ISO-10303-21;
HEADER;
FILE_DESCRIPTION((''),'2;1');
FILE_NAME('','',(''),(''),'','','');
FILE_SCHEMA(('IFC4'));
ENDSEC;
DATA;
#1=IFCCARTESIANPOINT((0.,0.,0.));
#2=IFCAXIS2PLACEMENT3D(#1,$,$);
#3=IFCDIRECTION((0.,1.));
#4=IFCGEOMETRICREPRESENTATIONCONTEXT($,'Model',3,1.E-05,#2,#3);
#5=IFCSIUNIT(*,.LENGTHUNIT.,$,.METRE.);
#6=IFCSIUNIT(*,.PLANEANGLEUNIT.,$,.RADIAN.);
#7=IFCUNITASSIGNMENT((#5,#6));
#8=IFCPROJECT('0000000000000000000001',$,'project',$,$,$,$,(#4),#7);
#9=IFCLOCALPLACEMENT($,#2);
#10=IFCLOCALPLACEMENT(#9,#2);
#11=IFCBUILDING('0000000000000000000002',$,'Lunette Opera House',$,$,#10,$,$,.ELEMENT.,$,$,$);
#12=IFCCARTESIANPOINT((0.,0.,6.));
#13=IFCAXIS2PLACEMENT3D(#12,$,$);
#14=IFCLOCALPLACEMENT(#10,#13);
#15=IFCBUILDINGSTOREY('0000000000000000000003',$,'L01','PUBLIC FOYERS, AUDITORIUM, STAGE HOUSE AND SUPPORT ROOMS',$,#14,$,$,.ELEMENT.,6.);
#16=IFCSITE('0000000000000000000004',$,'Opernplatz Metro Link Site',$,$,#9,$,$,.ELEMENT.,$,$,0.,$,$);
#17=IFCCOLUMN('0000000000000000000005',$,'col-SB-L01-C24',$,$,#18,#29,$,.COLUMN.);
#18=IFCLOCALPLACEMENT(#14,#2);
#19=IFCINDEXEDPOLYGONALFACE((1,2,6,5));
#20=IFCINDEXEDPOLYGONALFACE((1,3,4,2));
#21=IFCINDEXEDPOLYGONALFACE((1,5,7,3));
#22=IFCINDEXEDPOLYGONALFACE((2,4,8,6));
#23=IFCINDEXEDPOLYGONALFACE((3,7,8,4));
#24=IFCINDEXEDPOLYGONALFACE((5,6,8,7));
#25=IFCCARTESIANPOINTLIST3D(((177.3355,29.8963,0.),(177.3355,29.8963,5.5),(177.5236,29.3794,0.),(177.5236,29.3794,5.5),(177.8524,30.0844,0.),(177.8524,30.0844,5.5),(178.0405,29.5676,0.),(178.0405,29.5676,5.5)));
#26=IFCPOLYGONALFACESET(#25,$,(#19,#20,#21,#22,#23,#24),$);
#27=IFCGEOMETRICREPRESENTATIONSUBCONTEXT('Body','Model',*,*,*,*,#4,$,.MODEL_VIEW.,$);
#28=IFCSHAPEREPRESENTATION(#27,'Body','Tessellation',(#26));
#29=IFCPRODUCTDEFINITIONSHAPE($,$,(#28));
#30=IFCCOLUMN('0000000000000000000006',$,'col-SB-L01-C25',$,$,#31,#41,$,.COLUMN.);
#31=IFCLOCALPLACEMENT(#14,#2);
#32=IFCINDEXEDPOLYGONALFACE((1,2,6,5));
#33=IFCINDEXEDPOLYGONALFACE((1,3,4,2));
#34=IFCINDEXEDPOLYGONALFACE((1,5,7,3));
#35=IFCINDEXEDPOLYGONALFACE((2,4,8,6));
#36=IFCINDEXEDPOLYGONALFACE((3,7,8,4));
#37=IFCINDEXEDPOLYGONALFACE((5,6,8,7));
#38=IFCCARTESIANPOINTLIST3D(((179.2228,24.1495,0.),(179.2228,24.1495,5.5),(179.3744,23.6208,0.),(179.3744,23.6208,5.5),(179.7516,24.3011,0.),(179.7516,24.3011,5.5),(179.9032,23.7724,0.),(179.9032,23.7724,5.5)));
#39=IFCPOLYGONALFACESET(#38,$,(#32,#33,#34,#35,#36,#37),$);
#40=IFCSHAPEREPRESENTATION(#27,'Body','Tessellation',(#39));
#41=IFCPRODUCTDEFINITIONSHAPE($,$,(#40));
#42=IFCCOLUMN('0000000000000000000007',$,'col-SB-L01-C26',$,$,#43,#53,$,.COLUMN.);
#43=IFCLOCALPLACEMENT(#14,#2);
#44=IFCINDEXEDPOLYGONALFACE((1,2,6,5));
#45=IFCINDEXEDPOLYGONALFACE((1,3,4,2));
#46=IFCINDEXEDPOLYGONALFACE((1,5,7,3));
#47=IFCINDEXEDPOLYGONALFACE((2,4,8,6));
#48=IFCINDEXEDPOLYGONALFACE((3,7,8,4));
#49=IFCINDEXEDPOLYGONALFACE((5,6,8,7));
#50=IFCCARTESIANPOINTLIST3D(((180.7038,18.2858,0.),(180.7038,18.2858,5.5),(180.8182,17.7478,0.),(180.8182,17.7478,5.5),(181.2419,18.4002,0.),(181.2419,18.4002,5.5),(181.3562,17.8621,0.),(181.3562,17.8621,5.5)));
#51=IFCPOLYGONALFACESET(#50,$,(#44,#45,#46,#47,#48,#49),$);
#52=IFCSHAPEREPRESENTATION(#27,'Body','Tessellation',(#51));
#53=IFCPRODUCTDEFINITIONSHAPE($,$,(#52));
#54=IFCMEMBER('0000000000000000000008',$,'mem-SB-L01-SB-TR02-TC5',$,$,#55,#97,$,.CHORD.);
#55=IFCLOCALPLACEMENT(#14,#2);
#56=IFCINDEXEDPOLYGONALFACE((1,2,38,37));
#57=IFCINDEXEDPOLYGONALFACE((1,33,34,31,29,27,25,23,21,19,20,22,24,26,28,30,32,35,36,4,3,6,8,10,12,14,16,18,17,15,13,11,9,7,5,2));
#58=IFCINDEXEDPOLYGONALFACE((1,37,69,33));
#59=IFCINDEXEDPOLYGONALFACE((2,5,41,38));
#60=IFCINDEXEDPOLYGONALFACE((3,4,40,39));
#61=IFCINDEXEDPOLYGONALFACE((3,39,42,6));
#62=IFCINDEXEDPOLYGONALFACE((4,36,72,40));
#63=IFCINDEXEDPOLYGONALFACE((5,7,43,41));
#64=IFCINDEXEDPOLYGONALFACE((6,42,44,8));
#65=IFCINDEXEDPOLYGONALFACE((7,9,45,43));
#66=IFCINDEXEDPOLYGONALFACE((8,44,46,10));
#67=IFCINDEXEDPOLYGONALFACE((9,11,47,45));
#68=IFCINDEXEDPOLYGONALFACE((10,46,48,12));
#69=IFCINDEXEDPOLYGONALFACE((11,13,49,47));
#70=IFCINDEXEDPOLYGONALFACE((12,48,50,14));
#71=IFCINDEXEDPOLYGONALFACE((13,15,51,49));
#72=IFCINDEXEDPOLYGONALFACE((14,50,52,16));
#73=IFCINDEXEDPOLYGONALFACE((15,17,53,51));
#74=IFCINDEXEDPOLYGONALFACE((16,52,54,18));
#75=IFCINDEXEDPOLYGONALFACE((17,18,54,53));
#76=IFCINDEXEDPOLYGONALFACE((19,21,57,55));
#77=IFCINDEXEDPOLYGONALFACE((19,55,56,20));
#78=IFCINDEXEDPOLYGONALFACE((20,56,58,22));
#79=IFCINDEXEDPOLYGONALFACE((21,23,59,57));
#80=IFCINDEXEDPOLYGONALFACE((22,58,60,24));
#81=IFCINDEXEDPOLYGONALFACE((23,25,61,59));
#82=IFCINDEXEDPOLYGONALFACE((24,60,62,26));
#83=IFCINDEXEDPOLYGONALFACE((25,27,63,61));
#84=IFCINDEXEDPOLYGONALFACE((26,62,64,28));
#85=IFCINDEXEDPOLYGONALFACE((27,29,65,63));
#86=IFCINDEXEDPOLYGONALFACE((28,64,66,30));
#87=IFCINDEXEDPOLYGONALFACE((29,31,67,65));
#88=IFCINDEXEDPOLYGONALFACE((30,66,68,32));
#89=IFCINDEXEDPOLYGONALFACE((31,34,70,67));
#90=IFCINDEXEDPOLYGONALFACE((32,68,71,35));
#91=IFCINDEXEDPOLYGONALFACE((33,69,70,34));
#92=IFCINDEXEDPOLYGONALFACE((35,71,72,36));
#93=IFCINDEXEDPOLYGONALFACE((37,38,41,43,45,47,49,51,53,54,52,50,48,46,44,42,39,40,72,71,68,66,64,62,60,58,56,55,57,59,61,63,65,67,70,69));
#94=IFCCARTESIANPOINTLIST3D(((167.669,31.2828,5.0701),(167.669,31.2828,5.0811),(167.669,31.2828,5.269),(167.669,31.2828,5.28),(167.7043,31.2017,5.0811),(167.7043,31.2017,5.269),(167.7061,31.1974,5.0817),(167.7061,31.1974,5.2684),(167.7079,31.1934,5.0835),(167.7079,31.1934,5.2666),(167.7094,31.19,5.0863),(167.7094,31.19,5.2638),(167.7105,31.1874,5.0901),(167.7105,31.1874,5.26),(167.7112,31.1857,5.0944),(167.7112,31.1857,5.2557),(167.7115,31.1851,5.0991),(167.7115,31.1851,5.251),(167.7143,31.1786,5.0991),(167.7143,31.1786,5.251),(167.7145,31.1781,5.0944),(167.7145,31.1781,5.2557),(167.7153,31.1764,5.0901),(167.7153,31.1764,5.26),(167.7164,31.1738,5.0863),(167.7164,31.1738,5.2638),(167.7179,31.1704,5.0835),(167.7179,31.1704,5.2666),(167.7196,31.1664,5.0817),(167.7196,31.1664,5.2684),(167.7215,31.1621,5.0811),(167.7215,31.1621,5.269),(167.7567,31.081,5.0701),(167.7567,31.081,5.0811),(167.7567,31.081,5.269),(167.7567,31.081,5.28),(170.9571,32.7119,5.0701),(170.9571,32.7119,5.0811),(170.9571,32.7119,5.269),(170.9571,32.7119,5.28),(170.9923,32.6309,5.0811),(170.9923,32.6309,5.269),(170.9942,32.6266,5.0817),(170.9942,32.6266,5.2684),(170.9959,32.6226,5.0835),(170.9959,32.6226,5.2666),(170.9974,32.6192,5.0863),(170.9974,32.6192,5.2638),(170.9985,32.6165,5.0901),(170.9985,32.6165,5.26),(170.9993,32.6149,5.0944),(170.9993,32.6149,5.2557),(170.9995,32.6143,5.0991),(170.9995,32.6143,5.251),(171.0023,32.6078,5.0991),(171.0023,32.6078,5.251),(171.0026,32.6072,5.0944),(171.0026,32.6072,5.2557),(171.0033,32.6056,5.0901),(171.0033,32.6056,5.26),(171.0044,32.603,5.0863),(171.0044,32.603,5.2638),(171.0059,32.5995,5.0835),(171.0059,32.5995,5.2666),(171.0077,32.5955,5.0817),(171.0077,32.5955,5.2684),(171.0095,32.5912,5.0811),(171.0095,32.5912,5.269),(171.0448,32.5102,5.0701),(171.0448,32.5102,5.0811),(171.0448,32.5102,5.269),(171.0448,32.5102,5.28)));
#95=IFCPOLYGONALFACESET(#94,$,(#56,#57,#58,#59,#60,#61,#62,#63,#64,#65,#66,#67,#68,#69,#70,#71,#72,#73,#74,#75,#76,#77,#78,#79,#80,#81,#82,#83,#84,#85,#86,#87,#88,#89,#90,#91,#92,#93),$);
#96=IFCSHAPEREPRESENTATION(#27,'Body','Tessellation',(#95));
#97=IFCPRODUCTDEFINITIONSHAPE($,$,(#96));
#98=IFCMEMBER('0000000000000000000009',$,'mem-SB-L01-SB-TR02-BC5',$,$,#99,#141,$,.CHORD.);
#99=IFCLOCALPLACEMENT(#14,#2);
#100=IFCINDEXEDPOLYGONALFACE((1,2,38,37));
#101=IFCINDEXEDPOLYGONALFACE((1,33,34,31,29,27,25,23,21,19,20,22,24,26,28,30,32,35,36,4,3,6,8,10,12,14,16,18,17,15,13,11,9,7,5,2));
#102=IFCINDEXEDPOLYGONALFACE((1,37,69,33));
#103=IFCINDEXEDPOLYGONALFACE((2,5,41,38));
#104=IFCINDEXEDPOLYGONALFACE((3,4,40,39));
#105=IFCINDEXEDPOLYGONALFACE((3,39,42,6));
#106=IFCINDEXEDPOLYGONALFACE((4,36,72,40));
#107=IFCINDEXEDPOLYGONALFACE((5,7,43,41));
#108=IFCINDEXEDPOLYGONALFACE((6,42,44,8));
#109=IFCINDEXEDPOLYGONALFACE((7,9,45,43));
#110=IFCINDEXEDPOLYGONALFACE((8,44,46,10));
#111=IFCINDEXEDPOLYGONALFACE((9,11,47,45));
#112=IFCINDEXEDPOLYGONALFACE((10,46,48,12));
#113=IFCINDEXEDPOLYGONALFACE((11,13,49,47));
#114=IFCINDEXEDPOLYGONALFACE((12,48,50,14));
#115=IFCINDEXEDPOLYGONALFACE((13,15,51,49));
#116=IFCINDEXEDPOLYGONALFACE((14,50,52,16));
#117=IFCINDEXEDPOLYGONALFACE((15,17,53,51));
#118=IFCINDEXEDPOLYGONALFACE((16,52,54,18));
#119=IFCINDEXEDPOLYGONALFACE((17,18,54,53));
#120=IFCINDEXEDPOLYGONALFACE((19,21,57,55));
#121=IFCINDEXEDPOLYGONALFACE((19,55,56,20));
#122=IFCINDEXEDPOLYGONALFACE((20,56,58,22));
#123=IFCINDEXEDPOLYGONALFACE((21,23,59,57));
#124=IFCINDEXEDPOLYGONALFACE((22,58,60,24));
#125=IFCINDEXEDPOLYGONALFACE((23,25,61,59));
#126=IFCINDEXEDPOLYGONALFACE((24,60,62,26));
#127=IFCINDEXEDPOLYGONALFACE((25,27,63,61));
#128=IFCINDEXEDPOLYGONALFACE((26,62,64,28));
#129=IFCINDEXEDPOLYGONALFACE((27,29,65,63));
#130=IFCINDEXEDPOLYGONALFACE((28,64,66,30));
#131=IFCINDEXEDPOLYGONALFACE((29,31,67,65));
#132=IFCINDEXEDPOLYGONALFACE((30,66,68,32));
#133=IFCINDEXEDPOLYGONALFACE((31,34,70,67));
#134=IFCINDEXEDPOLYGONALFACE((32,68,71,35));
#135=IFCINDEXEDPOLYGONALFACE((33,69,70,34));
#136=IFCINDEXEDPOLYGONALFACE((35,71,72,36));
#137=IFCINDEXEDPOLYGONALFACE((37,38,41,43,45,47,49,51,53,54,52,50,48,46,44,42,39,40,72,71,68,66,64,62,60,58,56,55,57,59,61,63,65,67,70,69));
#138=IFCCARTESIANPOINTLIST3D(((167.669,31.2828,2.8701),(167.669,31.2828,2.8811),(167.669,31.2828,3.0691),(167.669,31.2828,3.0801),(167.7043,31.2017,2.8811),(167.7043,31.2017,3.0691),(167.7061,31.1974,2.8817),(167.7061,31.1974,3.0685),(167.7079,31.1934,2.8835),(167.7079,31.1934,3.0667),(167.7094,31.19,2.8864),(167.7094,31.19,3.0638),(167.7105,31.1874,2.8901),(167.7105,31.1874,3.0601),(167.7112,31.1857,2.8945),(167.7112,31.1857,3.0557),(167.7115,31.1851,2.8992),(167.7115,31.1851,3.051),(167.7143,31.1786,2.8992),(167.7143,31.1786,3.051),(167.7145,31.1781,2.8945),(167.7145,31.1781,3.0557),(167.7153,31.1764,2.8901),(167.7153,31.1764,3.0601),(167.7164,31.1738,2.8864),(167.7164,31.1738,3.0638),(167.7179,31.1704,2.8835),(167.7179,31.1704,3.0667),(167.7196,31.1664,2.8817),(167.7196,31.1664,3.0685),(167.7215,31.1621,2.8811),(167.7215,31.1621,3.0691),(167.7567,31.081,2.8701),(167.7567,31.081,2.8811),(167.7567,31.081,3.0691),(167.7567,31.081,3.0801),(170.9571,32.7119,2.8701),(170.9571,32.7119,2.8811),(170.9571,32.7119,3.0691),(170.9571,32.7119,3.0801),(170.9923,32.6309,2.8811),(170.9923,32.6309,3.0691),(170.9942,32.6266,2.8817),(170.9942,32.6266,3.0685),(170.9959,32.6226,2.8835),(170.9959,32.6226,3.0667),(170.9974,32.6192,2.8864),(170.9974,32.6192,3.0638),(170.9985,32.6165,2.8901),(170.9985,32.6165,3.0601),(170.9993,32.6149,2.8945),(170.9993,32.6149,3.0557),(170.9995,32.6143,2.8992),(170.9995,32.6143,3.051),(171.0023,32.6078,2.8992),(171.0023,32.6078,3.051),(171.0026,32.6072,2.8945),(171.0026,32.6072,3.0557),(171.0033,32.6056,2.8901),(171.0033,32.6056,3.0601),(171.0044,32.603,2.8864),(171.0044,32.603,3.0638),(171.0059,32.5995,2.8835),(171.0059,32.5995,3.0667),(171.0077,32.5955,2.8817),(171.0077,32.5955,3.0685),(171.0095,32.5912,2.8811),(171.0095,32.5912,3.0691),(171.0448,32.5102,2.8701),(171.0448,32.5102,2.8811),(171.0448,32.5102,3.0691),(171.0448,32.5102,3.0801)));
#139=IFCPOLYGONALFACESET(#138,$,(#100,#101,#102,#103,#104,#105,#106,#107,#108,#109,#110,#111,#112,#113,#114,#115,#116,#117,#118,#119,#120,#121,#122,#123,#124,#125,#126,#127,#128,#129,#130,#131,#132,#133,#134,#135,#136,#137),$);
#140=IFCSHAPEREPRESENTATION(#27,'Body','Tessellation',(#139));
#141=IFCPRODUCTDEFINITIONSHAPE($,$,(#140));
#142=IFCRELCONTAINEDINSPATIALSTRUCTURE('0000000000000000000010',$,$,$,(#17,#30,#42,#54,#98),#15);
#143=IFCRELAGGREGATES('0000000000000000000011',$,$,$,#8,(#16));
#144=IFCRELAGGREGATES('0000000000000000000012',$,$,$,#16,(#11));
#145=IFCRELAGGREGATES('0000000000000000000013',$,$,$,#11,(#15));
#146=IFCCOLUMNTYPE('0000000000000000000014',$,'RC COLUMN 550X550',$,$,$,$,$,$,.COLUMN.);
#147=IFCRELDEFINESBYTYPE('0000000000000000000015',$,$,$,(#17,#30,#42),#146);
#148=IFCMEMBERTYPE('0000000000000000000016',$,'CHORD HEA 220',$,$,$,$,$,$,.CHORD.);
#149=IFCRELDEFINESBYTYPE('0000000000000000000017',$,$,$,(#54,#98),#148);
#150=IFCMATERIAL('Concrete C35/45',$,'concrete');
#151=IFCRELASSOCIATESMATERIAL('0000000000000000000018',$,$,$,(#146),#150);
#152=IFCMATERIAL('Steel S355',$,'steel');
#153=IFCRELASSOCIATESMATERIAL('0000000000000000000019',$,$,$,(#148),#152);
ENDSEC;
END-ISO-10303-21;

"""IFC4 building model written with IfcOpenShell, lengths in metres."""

from ifc_helpers import new_model, si_unit, direction, frame, origin, origin_2d, place, context, subcontext, project, spatial, rectangle, i_section, extrude, material, material_profile, profile_set, type_object, element, save


model = new_model("IFC4")

# Units and contexts
model_context = context("Model", 3, precision=1e-05, world=origin(), true_north=direction((0.0, 1.0)))
body_context = subcontext(model_context, "Body", "Model", "MODEL_VIEW")
ifc_project = project(units=[si_unit("LENGTHUNIT", "METRE"), si_unit("PLANEANGLEUNIT", "RADIAN")], contexts=[model_context])

# Site, building, storey
site_placement = place(None, origin())
site = spatial("IfcSite", under=ifc_project, at=site_placement, Name="Opernplatz Metro Link Site", CompositionType="ELEMENT", RefElevation=0.0)
building_placement = place(site_placement, origin())
building = spatial("IfcBuilding", under=site, at=building_placement, Name="Lunette Opera House", CompositionType="ELEMENT")
storey_placement = place(building_placement, frame((0.0, 0.0, 6.0)))
storey = spatial("IfcBuildingStorey", under=building, at=storey_placement, Name="L01", Description="PUBLIC FOYERS, AUDITORIUM, STAGE HOUSE AND SUPPORT ROOMS", CompositionType="ELEMENT", Elevation=6.0)

# Columns
ifc_material_1 = material(Name="Concrete C35/45", Category="concrete")
ifc_material_profile_1 = material_profile(ifc_material_1, rectangle(XDim=0.55, YDim=0.55, at=origin_2d()), Name="RC COLUMN 550X550")
ifc_profile_set_1 = profile_set([ifc_material_profile_1], Name="Concrete C35/45")
column_type = type_object("IfcColumnType", Name="RC COLUMN 550X550", PredefinedType="COLUMN", material=ifc_profile_set_1)
for number, where, z_axis, x_axis, name in (
    (1, (177.688, 29.7319, 0.0), (0.0, 0.0, 1.0), (0.34202, -0.939693, 0.0), "col-SB-L01-C24"),
    (2, (179.563, 23.9609, 0.0), (0.0, 0.0, 1.0), (0.275637, -0.961262, 0.0), "col-SB-L01-C25"),
    (3, (181.03, 18.074, 0.0), (0.0, 0.0, 1.0), (0.207912, -0.978148, 0.0), "col-SB-L01-C26"),
):
    element("IfcColumn", number, at=place(storey_placement, frame(where, z_axis=z_axis, x_axis=x_axis)), inside=storey, type_object=column_type, Name=name, PredefinedType="COLUMN", context=body_context, shape_type="SweptSolid", body=[
        extrude(rectangle(XDim=0.55, YDim=0.55, at=origin_2d()), origin(), (0.0, 0.0, 1.0), 5.5),
    ])

# Members
ifc_material_2 = material(Name="Steel S355", Category="steel")
ifc_material_profile_2 = material_profile(ifc_material_2, i_section(OverallWidth=0.22, OverallDepth=0.21, WebThickness=0.0071, FlangeThickness=0.011, FilletRadius=0.0181, at=origin_2d()), Name="HEA 220")
ifc_profile_set_2 = profile_set([ifc_material_profile_2], Name="Steel S355")
member_type_1 = type_object("IfcMemberType", Name="CHORD HEA 220", PredefinedType="CHORD", material=ifc_profile_set_2)
for number, where, z_axis, x_axis, name in (
    (4, (167.7129, 31.1819, 5.175), (0.917111, 0.398631, 0.0), (-0.398631, 0.917111, 0.0), "mem-SB-L01-SB-TR02-TC5"),
    (5, (167.7129, 31.1819, 2.9751), (0.917111, 0.398631, 0.0), (-0.398631, 0.917111, 0.0), "mem-SB-L01-SB-TR02-BC5"),
):
    element("IfcMember", number, at=place(storey_placement, frame(where, z_axis=z_axis, x_axis=x_axis)), inside=storey, type_object=member_type_1, Name=name, PredefinedType="CHORD", context=body_context, shape_type="SweptSolid", body=[
        extrude(i_section(OverallWidth=0.22, OverallDepth=0.21, WebThickness=0.0071, FlangeThickness=0.011, FilletRadius=0.0181, at=origin_2d()), origin(), (0.0, 0.0, 1.0), 3.5852),
    ])

save(model, "model.ifc")
